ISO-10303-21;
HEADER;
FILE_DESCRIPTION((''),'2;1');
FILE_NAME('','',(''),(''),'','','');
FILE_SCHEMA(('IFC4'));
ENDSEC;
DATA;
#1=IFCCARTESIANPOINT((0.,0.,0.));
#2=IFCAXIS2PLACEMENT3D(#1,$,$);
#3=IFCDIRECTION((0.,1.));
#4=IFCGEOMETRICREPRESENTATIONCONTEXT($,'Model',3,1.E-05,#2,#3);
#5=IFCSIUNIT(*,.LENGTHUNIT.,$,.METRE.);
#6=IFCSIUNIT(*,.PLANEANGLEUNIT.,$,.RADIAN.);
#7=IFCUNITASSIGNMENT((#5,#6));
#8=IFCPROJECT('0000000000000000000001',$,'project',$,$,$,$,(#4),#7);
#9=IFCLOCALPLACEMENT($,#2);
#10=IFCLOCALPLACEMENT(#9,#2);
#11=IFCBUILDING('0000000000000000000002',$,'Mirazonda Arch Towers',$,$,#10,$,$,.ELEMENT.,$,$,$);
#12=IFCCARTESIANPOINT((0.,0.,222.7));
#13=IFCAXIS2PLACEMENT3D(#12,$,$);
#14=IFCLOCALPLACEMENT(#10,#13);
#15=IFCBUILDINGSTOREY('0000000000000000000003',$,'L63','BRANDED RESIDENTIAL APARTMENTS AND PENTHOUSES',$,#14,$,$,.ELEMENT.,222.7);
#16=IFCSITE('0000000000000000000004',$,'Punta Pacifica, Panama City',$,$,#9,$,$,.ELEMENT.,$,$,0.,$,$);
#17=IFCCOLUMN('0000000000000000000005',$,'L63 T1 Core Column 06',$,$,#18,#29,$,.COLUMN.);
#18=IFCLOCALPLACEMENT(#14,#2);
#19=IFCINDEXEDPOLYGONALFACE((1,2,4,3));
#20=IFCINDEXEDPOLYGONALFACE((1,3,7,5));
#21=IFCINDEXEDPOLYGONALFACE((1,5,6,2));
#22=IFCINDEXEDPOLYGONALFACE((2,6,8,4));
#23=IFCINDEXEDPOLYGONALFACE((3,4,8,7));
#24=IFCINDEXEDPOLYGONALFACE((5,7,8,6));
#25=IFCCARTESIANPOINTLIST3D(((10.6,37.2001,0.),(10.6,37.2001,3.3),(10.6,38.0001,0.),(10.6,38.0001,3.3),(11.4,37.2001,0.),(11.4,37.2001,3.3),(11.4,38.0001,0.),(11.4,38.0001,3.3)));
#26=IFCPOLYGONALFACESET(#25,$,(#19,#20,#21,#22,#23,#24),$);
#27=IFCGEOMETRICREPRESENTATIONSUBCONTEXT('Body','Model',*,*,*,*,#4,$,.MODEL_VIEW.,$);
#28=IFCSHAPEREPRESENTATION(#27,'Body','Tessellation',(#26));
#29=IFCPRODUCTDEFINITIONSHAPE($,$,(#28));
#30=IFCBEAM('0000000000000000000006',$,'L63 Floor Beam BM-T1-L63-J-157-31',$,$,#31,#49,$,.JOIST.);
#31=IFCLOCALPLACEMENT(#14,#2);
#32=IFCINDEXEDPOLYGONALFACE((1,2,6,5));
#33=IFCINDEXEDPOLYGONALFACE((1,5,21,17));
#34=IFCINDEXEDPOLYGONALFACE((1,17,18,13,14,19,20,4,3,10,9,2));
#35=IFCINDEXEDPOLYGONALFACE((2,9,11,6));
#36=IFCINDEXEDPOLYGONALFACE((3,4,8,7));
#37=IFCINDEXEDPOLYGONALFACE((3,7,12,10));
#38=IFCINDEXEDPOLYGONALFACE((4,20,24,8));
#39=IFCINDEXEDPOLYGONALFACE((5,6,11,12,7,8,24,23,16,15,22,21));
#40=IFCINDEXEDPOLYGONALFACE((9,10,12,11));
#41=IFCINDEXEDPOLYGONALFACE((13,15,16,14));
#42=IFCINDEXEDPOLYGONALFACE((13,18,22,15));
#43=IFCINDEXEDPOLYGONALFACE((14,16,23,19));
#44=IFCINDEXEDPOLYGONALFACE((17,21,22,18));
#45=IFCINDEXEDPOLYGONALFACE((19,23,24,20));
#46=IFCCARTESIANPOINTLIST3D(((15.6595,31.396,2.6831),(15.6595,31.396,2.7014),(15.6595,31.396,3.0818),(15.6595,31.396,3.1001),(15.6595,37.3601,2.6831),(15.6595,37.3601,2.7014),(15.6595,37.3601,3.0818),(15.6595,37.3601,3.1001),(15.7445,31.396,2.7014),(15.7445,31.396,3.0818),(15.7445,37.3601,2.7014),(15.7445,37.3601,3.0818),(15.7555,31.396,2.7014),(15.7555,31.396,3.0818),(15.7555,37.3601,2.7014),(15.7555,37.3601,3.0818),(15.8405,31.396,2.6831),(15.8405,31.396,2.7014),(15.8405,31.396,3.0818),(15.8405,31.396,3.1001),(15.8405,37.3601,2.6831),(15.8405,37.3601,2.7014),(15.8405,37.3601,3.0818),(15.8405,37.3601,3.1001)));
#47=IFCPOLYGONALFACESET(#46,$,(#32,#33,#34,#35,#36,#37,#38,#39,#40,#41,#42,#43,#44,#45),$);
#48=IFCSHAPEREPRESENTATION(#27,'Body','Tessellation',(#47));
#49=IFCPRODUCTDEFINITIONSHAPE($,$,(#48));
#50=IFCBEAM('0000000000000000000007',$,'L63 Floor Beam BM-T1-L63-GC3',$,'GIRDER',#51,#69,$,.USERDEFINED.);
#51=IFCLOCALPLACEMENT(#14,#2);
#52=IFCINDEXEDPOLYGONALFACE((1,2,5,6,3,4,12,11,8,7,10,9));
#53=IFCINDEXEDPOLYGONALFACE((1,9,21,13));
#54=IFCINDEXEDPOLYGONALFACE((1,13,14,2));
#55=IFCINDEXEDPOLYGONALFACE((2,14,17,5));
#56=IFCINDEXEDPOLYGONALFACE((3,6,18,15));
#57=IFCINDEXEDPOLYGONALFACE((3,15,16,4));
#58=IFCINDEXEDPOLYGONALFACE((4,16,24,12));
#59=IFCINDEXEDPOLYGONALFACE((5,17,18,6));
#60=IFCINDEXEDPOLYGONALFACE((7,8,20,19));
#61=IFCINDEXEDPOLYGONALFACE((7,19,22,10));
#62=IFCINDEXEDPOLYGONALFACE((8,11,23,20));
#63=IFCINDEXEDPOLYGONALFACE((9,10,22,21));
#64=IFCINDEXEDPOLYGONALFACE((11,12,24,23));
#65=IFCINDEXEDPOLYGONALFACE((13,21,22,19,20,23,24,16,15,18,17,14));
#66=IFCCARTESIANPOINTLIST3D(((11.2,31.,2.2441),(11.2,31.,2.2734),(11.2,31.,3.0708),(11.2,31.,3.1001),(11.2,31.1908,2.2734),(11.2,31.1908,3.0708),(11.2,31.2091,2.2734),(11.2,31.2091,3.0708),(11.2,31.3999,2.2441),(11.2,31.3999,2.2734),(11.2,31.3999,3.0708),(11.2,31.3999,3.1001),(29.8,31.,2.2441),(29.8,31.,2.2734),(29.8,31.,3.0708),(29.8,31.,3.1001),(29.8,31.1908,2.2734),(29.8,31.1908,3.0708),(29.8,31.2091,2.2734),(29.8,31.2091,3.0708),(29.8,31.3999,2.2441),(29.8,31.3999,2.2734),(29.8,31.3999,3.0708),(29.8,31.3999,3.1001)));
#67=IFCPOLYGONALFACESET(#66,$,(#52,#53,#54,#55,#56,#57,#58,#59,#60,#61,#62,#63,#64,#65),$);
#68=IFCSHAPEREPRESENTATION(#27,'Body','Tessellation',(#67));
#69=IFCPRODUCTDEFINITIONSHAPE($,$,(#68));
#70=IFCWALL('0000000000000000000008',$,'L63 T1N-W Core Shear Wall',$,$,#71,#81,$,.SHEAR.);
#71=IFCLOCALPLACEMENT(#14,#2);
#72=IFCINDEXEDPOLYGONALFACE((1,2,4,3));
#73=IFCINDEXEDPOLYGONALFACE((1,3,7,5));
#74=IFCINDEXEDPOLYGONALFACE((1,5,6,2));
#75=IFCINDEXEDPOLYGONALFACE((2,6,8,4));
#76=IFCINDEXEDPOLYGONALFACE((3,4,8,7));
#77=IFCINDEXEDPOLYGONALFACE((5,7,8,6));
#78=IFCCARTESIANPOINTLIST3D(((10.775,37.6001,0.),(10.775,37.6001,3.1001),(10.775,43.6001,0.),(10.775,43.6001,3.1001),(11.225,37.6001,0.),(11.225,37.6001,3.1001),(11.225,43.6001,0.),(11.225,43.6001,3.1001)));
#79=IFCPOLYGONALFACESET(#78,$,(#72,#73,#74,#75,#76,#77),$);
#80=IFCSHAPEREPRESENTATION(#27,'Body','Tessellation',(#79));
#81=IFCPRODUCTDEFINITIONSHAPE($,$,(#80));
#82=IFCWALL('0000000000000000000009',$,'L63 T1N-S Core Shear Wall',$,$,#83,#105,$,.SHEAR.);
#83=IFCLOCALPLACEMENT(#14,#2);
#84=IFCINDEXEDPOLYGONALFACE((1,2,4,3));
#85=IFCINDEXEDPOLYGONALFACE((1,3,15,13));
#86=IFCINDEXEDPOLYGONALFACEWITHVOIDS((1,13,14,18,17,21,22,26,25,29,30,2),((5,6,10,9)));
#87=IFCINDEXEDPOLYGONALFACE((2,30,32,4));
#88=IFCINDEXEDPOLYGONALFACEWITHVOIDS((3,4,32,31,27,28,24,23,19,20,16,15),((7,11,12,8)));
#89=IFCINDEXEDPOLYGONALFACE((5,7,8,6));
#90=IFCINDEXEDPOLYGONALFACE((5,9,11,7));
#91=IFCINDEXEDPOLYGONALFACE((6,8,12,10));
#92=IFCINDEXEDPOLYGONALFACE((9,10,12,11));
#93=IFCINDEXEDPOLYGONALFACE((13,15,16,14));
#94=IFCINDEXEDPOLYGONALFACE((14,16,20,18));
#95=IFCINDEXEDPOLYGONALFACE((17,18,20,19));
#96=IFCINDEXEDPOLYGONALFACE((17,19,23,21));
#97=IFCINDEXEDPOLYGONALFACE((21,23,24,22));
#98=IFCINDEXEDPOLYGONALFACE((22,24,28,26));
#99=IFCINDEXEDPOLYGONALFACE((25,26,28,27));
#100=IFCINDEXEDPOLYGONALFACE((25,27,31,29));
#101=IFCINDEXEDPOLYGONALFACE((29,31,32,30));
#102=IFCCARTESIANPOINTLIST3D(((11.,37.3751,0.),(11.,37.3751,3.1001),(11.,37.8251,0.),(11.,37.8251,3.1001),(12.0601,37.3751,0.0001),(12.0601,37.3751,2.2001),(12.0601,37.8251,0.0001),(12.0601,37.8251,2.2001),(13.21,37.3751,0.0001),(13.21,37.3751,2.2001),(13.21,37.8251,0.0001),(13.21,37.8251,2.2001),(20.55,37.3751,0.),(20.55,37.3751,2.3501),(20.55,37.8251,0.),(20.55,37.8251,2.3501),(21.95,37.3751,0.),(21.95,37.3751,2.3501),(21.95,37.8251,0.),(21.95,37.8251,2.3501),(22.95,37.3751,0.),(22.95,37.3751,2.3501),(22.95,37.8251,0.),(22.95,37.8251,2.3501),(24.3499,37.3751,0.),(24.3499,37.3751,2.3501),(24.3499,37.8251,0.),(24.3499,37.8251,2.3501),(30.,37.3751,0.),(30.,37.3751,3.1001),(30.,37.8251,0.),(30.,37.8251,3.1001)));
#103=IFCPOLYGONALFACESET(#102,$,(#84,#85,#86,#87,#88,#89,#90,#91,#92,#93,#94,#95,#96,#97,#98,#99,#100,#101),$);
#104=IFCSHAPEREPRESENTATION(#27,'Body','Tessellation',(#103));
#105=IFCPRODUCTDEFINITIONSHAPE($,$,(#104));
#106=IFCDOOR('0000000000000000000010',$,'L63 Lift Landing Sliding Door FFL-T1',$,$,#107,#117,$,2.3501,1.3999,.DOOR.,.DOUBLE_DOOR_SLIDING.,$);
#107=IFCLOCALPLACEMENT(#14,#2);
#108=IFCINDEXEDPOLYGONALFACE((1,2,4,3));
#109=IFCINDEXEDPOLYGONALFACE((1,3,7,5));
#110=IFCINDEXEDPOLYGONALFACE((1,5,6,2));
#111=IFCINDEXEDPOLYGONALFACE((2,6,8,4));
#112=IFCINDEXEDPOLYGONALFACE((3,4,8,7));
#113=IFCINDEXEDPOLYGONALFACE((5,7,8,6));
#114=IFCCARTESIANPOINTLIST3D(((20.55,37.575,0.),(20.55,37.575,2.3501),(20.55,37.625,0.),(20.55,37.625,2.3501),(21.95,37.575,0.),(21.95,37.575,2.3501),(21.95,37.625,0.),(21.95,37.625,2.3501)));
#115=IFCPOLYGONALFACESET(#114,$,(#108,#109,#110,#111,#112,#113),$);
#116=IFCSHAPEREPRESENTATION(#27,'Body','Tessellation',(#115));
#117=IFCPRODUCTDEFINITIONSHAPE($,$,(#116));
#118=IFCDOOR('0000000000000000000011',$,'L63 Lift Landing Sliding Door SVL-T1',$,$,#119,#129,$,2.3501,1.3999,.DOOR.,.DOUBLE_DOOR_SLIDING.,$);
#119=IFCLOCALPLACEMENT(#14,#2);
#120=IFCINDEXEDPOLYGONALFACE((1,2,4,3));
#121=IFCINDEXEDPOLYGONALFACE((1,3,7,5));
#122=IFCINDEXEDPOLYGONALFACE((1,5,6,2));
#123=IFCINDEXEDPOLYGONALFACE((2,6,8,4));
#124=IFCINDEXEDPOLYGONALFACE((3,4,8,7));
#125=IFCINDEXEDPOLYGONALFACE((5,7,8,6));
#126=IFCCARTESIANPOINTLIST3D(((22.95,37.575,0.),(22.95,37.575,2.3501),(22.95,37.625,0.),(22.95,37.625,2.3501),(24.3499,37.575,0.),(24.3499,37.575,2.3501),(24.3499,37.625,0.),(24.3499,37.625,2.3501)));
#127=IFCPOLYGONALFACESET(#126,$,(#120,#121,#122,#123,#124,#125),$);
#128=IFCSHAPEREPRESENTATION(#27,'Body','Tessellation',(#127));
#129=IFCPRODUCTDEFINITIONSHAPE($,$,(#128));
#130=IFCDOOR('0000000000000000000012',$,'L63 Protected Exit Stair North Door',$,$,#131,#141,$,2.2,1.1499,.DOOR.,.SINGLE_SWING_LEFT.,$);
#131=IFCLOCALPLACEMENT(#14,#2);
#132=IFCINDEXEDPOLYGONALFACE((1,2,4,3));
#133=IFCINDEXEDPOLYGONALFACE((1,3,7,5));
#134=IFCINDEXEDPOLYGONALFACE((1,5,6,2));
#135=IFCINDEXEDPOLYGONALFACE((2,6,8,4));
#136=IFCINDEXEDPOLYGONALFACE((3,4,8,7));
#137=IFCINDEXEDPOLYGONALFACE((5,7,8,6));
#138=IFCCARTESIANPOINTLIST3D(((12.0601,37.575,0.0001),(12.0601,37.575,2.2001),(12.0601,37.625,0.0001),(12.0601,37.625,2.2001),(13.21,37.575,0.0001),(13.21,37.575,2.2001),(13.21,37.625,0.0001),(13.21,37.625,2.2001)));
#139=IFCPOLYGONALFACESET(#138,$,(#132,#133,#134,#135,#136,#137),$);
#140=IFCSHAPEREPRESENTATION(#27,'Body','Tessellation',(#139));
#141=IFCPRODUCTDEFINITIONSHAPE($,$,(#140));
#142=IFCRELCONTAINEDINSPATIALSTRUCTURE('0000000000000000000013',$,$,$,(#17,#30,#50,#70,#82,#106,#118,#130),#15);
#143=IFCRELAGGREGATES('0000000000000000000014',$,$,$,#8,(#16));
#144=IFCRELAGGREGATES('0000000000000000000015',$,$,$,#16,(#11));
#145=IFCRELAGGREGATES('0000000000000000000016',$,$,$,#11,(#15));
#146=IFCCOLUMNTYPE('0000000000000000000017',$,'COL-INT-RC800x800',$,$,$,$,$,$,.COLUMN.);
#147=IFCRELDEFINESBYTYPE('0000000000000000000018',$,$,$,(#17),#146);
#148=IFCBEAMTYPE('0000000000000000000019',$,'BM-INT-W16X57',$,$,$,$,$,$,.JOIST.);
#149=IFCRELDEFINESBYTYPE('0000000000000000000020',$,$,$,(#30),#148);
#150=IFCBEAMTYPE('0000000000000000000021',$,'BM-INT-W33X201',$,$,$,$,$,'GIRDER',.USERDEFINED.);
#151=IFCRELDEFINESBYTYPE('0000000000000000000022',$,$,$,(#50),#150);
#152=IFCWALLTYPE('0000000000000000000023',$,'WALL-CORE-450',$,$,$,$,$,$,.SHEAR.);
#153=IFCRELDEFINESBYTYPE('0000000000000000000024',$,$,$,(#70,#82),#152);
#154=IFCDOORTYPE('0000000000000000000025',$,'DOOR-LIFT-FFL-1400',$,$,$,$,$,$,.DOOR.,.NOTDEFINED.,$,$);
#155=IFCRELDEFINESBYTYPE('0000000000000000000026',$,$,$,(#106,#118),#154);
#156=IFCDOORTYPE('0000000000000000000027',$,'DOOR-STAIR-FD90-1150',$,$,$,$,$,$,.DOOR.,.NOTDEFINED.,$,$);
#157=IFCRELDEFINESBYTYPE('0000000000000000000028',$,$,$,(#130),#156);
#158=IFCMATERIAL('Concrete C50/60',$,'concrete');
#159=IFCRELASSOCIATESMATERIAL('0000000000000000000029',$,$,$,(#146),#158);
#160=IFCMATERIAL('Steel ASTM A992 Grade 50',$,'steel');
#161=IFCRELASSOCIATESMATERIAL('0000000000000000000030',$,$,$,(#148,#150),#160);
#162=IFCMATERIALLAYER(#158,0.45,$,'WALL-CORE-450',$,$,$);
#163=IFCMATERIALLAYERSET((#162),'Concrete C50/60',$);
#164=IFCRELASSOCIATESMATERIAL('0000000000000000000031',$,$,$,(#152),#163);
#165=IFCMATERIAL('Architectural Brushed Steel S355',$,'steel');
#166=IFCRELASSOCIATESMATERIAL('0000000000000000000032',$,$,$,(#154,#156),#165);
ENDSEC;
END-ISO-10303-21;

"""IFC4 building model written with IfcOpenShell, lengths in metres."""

from ifc_helpers import new_model, si_unit, direction, frame, frame_2d, origin, origin_2d, place, context, subcontext, project, spatial, rectangle, i_section, extrude, material, layer, layer_set, material_profile, profile_set, type_object, element, fill, save


model = new_model("IFC4")

# Units and contexts
model_context = context("Model", 3, precision=1e-05, world=origin(), true_north=direction((0.0, 1.0)))
body_context = subcontext(model_context, "Body", "Model", "MODEL_VIEW")
ifc_project = project(units=[si_unit("LENGTHUNIT", "METRE"), si_unit("PLANEANGLEUNIT", "RADIAN")], contexts=[model_context])

# Site, building, storey
site_placement = place(None, origin())
site = spatial("IfcSite", under=ifc_project, at=site_placement, Name="Punta Pacifica, Panama City", CompositionType="ELEMENT", RefElevation=0.0)
building_placement = place(site_placement, origin())
building = spatial("IfcBuilding", under=site, at=building_placement, Name="Mirazonda Arch Towers", CompositionType="ELEMENT")
storey_placement = place(building_placement, frame((0.0, 0.0, 222.7)))
storey = spatial("IfcBuildingStorey", under=building, at=storey_placement, Name="L63", Description="BRANDED RESIDENTIAL APARTMENTS AND PENTHOUSES", CompositionType="ELEMENT", Elevation=222.7)

# Column
ifc_material_1 = material(Name="Concrete C50/60", Category="concrete")
ifc_material_profile_1 = material_profile(ifc_material_1, rectangle(XDim=0.8, YDim=0.8, at=origin_2d()), Name="RC800x800")
ifc_profile_set_1 = profile_set([ifc_material_profile_1], Name="Concrete C50/60")
column_type = type_object("IfcColumnType", Name="COL-INT-RC800x800", PredefinedType="COLUMN", material=ifc_profile_set_1)
column_placement = place(storey_placement, frame((11.0, 37.6001, 0.0), z_axis=(0.0, 0.0, 1.0), x_axis=(1.0, 0.0, 0.0)))
element("IfcColumn", 1, at=column_placement, inside=storey, type_object=column_type, Name="L63 T1 Core Column 06", PredefinedType="COLUMN", context=body_context, shape_type="SweptSolid", body=[
    extrude(rectangle(XDim=0.8, YDim=0.8, at=origin_2d()), origin(), (0.0, 0.0, 1.0), 3.3),
])

# Beams
ifc_material_2 = material(Name="Steel ASTM A992 Grade 50", Category="steel")
ifc_material_profile_2 = material_profile(ifc_material_2, i_section(OverallWidth=0.1809, OverallDepth=0.417, WebThickness=0.011, FlangeThickness=0.0183, at=origin_2d()), Name="W16X57")
ifc_profile_set_2 = profile_set([ifc_material_profile_2], Name="Steel ASTM A992 Grade 50")
beam_type_1 = type_object("IfcBeamType", Name="BM-INT-W16X57", PredefinedType="JOIST", material=ifc_profile_set_2)
beam_1_placement = place(storey_placement, frame((15.75, 31.396, 2.8916), z_axis=(0.0, 1.0, 0.0), x_axis=(-1.0, 0.0, 0.0)))
element("IfcBeam", 2, at=beam_1_placement, inside=storey, type_object=beam_type_1, Name="L63 Floor Beam BM-T1-L63-J-157-31", PredefinedType="JOIST", context=body_context, shape_type="SweptSolid", body=[
    extrude(i_section(OverallWidth=0.1809, OverallDepth=0.417, WebThickness=0.011, FlangeThickness=0.0183, at=origin_2d()), origin(), (0.0, 0.0, 1.0), 5.9641),
])
ifc_material_profile_3 = material_profile(ifc_material_2, i_section(OverallWidth=0.3999, OverallDepth=0.856, WebThickness=0.0183, FlangeThickness=0.0293, at=origin_2d()), Name="W33X201")
ifc_profile_set_3 = profile_set([ifc_material_profile_3], Name="Steel ASTM A992 Grade 50")
beam_type_2 = type_object("IfcBeamType", Name="BM-INT-W33X201", ElementType="GIRDER", PredefinedType="USERDEFINED", material=ifc_profile_set_3)
beam_2_placement = place(storey_placement, frame((11.2, 31.2, 2.6721), z_axis=(1.0, 0.0, 0.0), x_axis=(0.0, 1.0, 0.0)))
element("IfcBeam", 3, at=beam_2_placement, inside=storey, type_object=beam_type_2, Name="L63 Floor Beam BM-T1-L63-GC3", ObjectType="GIRDER", PredefinedType="USERDEFINED", context=body_context, shape_type="SweptSolid", body=[
    extrude(i_section(OverallWidth=0.3999, OverallDepth=0.856, WebThickness=0.0183, FlangeThickness=0.0293, at=origin_2d()), origin(), (0.0, 0.0, 1.0), 18.6001),
])

# Wall
ifc_layer_1 = layer(ifc_material_1, 0.45, Name="WALL-CORE-450")
ifc_layer_set_1 = layer_set([ifc_layer_1], Name="Concrete C50/60")
wall_type_1 = type_object("IfcWallType", Name="WALL-CORE-450", PredefinedType="SHEAR", material=ifc_layer_set_1)
wall_1_placement = place(storey_placement, frame((11.0, 37.6001, 0.0), z_axis=(0.0, 0.0, 1.0), x_axis=(0.0, 1.0, 0.0)))
element("IfcWall", 4, at=wall_1_placement, inside=storey, type_object=wall_type_1, Name="L63 T1N-W Core Shear Wall", PredefinedType="SHEAR", context=body_context, shape_type="SweptSolid", body=[
    extrude(rectangle(XDim=6.0, YDim=0.45, at=frame_2d((3.0, 0.0))), origin(), (0.0, 0.0, 1.0), 3.1001),
])

# Wall, openings, doors
wall_2_placement = place(storey_placement, frame((11.0, 37.6001, 0.0), z_axis=(0.0, 0.0, 1.0), x_axis=(1.0, 0.0, 0.0)))
wall_2 = element("IfcWall", 5, at=wall_2_placement, inside=storey, type_object=wall_type_1, Name="L63 T1N-S Core Shear Wall", PredefinedType="SHEAR", context=body_context, shape_type="SweptSolid", body=[
    extrude(rectangle(XDim=19.0, YDim=0.45, at=frame_2d((9.5, 0.0))), origin(), (0.0, 0.0, 1.0), 3.1001),
])
opening_1_placement = place(wall_2_placement, frame((1.0601, 0.0, 0.0)))
opening_1 = element("IfcOpeningElement", 6, at=opening_1_placement, cuts=wall_2, PredefinedType="OPENING", context=body_context, shape_type="SweptSolid", body=[
    extrude(rectangle(XDim=1.1499, YDim=2.2, at=frame_2d((0.575, 1.1001))), frame((0.0, 0.2349, 0.0), z_axis=(0.0, -1.0, 0.0), x_axis=(1.0, 0.0, 0.0)), (0.0, 0.0, 1.0), 0.47),
])
opening_2_placement = place(wall_2_placement, frame((9.55, 0.0, 0.0)))
opening_2 = element("IfcOpeningElement", 7, at=opening_2_placement, cuts=wall_2, PredefinedType="OPENING", context=body_context, shape_type="SweptSolid", body=[
    extrude(rectangle(XDim=1.3999, YDim=2.3501, at=frame_2d((0.7, 1.175))), frame((0.0, 0.2349, 0.0), z_axis=(0.0, -1.0, 0.0), x_axis=(1.0, 0.0, 0.0)), (0.0, 0.0, 1.0), 0.47),
])
opening_3_placement = place(wall_2_placement, frame((11.95, 0.0, 0.0)))
opening_3 = element("IfcOpeningElement", 8, at=opening_3_placement, cuts=wall_2, PredefinedType="OPENING", context=body_context, shape_type="SweptSolid", body=[
    extrude(rectangle(XDim=1.3999, YDim=2.3501, at=frame_2d((0.7, 1.175))), frame((0.0, 0.2349, 0.0), z_axis=(0.0, -1.0, 0.0), x_axis=(1.0, 0.0, 0.0)), (0.0, 0.0, 1.0), 0.47),
])
ifc_material_3 = material(Name="Architectural Brushed Steel S355", Category="steel")
door_type_1 = type_object("IfcDoorType", Name="DOOR-LIFT-FFL-1400", OperationType="NOTDEFINED", PredefinedType="DOOR", material=ifc_material_3)
door_1_placement = place(opening_2_placement, origin())
door_1 = element("IfcDoor", 9, at=door_1_placement, inside=storey, type_object=door_type_1, Name="L63 Lift Landing Sliding Door FFL-T1", OperationType="DOUBLE_DOOR_SLIDING", OverallHeight=2.3501, OverallWidth=1.3999, PredefinedType="DOOR", context=body_context, shape_type="SweptSolid", body=[
    extrude(rectangle(XDim=1.3999, YDim=2.3501, at=frame_2d((0.7, 1.175))), frame((0.0, 0.0249, 0.0), z_axis=(0.0, -1.0, 0.0), x_axis=(1.0, 0.0, 0.0)), (0.0, 0.0, 1.0), 0.05),
])
fill(opening_2, door_1)
door_2_placement = place(opening_3_placement, origin())
door_2 = element("IfcDoor", 10, at=door_2_placement, inside=storey, type_object=door_type_1, Name="L63 Lift Landing Sliding Door SVL-T1", OperationType="DOUBLE_DOOR_SLIDING", OverallHeight=2.3501, OverallWidth=1.3999, PredefinedType="DOOR", context=body_context, shape_type="SweptSolid", body=[
    extrude(rectangle(XDim=1.3999, YDim=2.3501, at=frame_2d((0.7, 1.175))), frame((0.0, 0.0249, 0.0), z_axis=(0.0, -1.0, 0.0), x_axis=(1.0, 0.0, 0.0)), (0.0, 0.0, 1.0), 0.05),
])
fill(opening_3, door_2)
door_type_2 = type_object("IfcDoorType", Name="DOOR-STAIR-FD90-1150", OperationType="NOTDEFINED", PredefinedType="DOOR", material=ifc_material_3)
door_3_placement = place(opening_1_placement, origin())
door_3 = element("IfcDoor", 11, at=door_3_placement, inside=storey, type_object=door_type_2, Name="L63 Protected Exit Stair North Door", OperationType="SINGLE_SWING_LEFT", OverallHeight=2.2, OverallWidth=1.1499, PredefinedType="DOOR", context=body_context, shape_type="SweptSolid", body=[
    extrude(rectangle(XDim=1.1499, YDim=2.2, at=frame_2d((0.575, 1.1001))), frame((0.0, 0.0249, 0.0), z_axis=(0.0, -1.0, 0.0), x_axis=(1.0, 0.0, 0.0)), (0.0, 0.0, 1.0), 0.05),
])
fill(opening_1, door_3)

save(model, "model.ifc")
